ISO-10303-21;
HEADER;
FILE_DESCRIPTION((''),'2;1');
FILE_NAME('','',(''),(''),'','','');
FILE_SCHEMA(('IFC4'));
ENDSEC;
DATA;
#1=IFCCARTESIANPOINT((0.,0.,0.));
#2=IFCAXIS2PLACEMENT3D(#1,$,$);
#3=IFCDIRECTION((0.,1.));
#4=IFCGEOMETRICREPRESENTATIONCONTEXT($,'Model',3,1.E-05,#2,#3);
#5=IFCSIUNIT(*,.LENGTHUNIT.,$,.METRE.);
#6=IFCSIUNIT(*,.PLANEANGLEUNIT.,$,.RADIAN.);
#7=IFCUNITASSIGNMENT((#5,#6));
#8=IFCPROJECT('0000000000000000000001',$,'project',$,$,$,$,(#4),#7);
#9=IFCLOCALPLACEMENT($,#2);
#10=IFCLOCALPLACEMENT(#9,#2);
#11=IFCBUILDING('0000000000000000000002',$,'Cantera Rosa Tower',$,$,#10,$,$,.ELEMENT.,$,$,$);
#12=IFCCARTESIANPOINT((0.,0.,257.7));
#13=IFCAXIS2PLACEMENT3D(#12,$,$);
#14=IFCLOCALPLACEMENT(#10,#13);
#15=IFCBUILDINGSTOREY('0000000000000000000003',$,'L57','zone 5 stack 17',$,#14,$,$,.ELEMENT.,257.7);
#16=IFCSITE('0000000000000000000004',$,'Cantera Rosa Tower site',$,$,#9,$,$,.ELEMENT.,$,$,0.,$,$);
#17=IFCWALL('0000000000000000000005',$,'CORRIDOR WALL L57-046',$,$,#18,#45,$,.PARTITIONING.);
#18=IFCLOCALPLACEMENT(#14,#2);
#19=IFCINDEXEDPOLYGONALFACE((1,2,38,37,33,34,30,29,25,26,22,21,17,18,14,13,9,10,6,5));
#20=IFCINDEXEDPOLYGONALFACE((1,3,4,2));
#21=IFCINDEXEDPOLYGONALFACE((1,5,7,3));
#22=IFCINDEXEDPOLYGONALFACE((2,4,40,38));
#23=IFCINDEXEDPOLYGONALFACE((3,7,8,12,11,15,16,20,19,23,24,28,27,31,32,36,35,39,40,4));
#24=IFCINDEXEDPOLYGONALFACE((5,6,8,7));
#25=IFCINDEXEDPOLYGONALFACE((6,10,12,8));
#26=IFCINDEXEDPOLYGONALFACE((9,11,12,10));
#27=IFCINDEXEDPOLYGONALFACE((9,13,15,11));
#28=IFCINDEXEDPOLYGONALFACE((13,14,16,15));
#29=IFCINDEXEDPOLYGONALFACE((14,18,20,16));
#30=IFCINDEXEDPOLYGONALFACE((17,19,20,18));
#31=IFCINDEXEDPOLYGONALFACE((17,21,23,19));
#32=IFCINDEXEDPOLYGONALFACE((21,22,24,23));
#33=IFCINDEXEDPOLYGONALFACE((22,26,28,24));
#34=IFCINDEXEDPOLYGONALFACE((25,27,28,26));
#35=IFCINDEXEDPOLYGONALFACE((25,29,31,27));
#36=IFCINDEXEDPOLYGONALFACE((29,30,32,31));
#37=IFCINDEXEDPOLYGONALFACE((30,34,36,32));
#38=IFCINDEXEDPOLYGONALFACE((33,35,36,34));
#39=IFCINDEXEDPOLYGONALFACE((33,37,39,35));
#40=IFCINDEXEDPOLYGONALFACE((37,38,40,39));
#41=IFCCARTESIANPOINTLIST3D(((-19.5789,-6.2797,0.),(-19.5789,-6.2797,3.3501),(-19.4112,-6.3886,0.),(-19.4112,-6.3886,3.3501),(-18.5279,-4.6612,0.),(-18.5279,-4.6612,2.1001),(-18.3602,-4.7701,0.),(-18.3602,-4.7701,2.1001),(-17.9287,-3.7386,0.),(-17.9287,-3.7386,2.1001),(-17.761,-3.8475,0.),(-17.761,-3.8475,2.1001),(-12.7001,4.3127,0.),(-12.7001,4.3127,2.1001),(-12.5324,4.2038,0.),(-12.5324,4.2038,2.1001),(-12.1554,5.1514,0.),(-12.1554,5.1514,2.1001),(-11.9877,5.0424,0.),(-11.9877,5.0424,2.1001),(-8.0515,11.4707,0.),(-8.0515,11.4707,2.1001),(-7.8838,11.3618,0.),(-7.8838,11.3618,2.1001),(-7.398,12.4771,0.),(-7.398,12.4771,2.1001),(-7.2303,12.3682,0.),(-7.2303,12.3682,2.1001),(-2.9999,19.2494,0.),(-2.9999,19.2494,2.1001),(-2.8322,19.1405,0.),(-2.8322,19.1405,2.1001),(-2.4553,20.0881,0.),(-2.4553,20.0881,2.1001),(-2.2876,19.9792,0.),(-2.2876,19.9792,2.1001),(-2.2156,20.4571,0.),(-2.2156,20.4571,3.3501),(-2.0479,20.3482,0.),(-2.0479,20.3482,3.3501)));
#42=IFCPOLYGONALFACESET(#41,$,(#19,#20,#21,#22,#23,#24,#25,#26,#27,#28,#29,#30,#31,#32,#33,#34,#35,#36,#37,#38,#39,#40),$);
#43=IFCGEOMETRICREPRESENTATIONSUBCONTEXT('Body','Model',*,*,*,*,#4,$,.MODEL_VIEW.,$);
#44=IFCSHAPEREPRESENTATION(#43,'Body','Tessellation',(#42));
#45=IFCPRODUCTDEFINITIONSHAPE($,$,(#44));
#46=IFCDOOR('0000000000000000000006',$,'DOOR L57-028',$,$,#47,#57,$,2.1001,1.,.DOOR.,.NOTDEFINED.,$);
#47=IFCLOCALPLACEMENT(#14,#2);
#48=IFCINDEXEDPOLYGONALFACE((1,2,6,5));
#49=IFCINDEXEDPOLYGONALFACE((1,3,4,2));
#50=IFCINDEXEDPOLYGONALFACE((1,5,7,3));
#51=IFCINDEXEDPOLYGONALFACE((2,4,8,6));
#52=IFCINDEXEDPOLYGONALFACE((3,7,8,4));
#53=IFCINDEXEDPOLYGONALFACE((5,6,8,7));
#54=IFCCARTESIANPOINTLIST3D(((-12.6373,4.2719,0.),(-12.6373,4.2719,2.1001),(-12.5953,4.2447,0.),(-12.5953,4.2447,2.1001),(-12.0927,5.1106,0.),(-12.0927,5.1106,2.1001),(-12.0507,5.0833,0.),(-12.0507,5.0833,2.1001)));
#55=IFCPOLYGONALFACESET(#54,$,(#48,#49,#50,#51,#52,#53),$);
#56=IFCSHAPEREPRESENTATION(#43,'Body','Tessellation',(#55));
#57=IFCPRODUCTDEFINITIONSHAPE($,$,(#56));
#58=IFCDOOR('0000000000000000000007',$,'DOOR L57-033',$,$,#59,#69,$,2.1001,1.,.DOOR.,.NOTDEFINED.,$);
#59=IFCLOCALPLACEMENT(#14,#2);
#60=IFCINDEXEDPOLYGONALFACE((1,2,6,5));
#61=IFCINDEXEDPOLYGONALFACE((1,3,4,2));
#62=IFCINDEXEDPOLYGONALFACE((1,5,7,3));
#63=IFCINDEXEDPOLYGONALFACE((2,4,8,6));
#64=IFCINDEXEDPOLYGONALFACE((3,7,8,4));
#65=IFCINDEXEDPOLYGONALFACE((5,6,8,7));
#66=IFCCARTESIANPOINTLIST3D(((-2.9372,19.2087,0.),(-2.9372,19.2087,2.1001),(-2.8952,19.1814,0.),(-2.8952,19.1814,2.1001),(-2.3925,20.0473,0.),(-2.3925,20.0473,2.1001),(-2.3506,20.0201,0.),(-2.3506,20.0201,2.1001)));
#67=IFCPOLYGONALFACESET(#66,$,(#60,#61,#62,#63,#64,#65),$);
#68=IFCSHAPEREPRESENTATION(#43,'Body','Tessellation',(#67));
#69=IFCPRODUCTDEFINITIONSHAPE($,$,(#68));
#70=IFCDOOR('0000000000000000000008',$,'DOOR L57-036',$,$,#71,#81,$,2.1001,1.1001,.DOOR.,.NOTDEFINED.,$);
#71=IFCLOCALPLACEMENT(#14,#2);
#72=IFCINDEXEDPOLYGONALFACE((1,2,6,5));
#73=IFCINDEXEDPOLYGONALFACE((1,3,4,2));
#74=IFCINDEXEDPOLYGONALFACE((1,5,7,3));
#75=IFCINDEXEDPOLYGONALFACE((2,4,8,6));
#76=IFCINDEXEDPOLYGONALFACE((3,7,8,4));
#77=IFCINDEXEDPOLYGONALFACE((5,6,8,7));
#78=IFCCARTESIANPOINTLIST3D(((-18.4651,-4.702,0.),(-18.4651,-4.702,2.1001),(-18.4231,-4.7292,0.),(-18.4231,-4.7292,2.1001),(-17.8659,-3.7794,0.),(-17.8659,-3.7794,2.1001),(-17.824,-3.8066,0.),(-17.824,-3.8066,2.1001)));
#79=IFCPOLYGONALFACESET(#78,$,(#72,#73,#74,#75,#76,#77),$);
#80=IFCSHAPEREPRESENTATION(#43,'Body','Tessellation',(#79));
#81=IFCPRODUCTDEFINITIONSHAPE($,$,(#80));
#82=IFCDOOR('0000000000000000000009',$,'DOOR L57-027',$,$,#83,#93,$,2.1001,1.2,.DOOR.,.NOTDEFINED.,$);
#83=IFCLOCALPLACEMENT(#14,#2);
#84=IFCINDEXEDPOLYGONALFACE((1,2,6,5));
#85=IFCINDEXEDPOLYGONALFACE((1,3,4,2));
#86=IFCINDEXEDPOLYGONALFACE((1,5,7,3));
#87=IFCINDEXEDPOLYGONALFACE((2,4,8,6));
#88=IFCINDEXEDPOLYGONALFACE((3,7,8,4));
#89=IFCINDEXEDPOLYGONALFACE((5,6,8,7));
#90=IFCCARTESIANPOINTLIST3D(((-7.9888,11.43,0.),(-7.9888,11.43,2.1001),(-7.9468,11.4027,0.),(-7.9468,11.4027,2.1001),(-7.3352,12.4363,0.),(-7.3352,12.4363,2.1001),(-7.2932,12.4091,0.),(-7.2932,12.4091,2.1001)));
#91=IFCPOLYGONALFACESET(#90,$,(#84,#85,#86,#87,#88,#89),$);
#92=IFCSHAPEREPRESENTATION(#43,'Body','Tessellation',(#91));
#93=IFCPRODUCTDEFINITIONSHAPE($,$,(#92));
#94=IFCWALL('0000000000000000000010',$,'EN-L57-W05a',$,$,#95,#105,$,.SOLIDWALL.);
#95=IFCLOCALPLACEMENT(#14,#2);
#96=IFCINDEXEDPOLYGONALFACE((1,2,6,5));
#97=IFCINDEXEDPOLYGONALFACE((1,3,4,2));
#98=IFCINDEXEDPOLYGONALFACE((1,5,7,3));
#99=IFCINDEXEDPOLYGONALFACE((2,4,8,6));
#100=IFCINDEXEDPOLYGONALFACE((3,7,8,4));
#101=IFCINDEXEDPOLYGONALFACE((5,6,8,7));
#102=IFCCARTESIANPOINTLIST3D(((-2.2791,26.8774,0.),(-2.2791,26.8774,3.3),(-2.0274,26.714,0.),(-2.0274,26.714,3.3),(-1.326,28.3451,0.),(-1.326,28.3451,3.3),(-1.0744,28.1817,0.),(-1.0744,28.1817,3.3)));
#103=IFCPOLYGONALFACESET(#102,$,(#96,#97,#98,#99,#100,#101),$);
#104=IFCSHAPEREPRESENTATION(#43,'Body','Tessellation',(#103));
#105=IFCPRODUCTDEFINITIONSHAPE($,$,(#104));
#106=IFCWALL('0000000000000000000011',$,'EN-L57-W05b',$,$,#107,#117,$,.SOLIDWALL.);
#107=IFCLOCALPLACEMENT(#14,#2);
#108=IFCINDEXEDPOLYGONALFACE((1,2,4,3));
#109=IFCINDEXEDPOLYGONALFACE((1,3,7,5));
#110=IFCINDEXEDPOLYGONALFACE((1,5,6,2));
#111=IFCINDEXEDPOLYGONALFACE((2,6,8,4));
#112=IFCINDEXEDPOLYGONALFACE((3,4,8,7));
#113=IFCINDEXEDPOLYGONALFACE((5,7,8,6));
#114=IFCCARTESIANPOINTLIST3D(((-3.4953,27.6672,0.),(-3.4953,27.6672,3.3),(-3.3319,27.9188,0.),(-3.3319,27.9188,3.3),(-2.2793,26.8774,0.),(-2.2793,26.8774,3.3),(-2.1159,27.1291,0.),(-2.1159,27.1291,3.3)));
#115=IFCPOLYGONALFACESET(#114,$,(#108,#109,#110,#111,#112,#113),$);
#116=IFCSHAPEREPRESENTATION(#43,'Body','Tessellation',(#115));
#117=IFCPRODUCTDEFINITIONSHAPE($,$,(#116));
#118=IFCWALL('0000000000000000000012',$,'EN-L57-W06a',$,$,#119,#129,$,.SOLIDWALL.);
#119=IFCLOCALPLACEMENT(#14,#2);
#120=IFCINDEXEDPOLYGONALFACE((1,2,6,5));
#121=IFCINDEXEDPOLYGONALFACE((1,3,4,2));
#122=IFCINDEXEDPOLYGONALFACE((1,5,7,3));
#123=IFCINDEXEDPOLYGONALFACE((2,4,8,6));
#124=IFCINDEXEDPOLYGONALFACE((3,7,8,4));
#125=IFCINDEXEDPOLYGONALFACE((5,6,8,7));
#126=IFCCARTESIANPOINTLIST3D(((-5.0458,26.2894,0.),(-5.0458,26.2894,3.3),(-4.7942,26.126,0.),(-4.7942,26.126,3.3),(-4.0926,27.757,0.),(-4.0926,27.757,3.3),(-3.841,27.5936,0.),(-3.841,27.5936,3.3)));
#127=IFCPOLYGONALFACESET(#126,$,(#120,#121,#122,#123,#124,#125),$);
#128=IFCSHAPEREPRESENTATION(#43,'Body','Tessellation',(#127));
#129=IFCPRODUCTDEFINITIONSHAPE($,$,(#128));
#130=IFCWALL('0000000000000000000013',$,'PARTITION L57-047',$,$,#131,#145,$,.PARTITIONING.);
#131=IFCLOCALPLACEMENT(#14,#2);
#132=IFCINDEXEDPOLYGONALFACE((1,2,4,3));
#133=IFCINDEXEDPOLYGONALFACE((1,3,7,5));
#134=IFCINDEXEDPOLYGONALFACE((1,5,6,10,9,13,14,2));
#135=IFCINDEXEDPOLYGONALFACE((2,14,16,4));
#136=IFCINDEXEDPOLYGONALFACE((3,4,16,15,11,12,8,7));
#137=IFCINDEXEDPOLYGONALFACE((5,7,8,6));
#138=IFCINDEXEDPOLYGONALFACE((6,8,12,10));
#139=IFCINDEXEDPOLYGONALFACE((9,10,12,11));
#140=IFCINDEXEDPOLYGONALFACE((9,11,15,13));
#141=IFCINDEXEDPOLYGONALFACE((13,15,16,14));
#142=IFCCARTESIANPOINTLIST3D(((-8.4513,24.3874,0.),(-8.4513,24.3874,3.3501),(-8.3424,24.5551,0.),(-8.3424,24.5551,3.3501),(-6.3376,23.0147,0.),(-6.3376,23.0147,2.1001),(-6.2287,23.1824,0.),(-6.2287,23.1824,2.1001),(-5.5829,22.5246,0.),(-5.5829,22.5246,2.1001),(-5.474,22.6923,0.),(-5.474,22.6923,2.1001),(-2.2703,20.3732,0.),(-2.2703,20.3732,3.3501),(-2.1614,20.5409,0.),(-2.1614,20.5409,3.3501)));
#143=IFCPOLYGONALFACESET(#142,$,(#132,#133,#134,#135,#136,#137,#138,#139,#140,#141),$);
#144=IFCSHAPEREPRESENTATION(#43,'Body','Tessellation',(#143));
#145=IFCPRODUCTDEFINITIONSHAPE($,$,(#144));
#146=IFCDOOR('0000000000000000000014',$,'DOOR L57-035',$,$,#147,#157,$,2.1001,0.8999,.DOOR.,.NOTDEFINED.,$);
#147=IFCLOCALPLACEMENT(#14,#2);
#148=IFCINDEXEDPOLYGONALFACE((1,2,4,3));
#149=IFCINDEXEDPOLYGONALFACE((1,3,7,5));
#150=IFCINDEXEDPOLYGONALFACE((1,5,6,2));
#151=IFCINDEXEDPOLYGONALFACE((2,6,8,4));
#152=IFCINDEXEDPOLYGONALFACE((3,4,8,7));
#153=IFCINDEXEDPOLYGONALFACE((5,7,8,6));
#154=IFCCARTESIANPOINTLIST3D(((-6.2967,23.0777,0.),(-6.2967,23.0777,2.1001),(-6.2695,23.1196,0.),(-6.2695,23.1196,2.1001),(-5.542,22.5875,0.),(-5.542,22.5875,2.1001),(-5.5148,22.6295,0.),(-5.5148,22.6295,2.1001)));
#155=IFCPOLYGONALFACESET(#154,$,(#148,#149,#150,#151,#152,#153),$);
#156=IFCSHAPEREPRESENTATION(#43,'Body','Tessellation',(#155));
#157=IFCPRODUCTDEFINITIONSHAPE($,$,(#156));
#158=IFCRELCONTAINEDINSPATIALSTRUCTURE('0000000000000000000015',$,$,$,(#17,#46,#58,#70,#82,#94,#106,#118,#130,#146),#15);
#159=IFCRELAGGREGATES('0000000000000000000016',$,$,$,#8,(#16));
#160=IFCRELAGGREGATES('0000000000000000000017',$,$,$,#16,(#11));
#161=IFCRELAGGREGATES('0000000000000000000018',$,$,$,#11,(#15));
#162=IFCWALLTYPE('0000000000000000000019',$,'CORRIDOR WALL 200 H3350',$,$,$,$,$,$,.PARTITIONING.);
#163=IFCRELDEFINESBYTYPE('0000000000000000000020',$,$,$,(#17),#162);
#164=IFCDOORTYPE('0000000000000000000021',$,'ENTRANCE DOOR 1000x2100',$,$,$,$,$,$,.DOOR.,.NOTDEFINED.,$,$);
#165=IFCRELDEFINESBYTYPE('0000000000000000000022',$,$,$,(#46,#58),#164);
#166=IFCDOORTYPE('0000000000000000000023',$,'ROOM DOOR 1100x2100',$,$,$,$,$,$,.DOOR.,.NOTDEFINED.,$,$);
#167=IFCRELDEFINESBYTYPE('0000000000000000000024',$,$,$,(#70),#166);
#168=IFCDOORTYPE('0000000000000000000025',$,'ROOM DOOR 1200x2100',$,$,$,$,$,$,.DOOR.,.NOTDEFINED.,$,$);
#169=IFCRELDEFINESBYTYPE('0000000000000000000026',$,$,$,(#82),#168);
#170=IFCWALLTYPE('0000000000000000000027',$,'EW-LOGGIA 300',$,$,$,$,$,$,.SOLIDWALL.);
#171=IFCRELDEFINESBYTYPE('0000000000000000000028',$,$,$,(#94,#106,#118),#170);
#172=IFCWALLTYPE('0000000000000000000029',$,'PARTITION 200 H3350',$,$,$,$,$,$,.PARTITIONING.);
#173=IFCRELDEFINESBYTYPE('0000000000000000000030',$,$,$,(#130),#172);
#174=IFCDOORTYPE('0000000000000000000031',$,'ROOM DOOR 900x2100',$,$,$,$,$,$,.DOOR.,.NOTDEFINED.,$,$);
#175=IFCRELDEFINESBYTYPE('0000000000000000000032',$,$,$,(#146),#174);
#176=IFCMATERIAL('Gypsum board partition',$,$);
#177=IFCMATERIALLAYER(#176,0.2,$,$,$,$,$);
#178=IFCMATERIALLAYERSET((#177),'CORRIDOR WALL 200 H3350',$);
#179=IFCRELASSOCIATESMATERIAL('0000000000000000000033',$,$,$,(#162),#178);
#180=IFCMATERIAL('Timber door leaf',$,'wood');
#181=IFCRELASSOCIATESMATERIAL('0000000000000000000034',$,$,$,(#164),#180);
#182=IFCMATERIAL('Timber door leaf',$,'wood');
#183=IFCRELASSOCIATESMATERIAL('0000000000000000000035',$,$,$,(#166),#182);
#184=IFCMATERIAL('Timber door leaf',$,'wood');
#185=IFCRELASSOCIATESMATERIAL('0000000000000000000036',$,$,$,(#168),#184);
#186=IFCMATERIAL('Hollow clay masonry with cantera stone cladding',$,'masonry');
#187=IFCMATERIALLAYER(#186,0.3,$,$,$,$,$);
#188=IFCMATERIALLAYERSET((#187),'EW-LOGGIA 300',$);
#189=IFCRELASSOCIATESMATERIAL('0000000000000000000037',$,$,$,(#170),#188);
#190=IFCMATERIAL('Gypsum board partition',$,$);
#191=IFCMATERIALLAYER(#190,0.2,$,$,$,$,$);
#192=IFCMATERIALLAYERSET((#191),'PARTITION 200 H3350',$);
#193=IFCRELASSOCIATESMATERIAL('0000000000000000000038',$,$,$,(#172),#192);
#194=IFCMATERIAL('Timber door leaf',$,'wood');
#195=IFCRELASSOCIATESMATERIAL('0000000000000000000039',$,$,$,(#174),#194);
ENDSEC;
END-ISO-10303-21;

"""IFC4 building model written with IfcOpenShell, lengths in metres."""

from ifc_helpers import new_model, si_unit, direction, frame, frame_2d, origin, place, context, subcontext, project, spatial, rectangle, extrude, material, layer, layer_set, type_object, element, fill, save


model = new_model("IFC4")

# Units and contexts
model_context = context("Model", 3, precision=1e-05, world=origin(), true_north=direction((0.0, 1.0)))
body_context = subcontext(model_context, "Body", "Model", "MODEL_VIEW")
ifc_project = project(units=[si_unit("LENGTHUNIT", "METRE"), si_unit("PLANEANGLEUNIT", "RADIAN")], contexts=[model_context])

# Site, building, storey
site_placement = place(None, origin())
site = spatial("IfcSite", under=ifc_project, at=site_placement, Name="Cantera Rosa Tower site", CompositionType="ELEMENT", RefElevation=0.0)
building_placement = place(site_placement, origin())
building = spatial("IfcBuilding", under=site, at=building_placement, Name="Cantera Rosa Tower", CompositionType="ELEMENT")
storey_placement = place(building_placement, frame((0.0, 0.0, 257.7)))
storey = spatial("IfcBuildingStorey", under=building, at=storey_placement, Name="L57", Description="zone 5 stack 17", CompositionType="ELEMENT", Elevation=257.7)

# Wall, openings, doors
ifc_material_1 = material(Name="Gypsum board partition")
ifc_layer_1 = layer(ifc_material_1, 0.2)
ifc_layer_set_1 = layer_set([ifc_layer_1], Name="CORRIDOR WALL 200 H3350")
wall_type_1 = type_object("IfcWallType", Name="CORRIDOR WALL 200 H3350", PredefinedType="PARTITIONING", material=ifc_layer_set_1)
wall_1_placement = place(storey_placement, frame((-2.1318, 20.4026, 0.0), z_axis=(0.0, 0.0, 1.0), x_axis=(-0.544643, -0.838668, 0.0)))
wall_1 = element("IfcWall", 1, at=wall_1_placement, inside=storey, type_object=wall_type_1, Name="CORRIDOR WALL L57-046", PredefinedType="PARTITIONING", context=body_context, shape_type="SweptSolid", body=[
    extrude(rectangle(XDim=31.8801, YDim=0.2, at=frame_2d((15.9399, 0.0))), origin(), (0.0, 0.0, 1.0), 3.3501),
])
opening_1_placement = place(wall_1_placement, frame((9.5149, 0.0, 0.0)))
opening_1 = element("IfcOpeningElement", 2, at=opening_1_placement, cuts=wall_1, PredefinedType="OPENING", context=body_context, shape_type="SweptSolid", body=[
    extrude(rectangle(XDim=1.2, YDim=2.1001, at=frame_2d((0.6001, 1.05))), frame((0.0, 0.1099, 0.0), z_axis=(0.0, -1.0, 0.0), x_axis=(1.0, 0.0, 0.0)), (0.0, 0.0, 1.0), 0.22),
])
opening_2_placement = place(wall_1_placement, frame((18.25, 0.0, 0.0)))
opening_2 = element("IfcOpeningElement", 3, at=opening_2_placement, cuts=wall_1, PredefinedType="OPENING", context=body_context, shape_type="SweptSolid", body=[
    extrude(rectangle(XDim=1.0, YDim=2.1001, at=frame_2d((0.5, 1.05))), frame((0.0, 0.1099, 0.0), z_axis=(0.0, -1.0, 0.0), x_axis=(1.0, 0.0, 0.0)), (0.0, 0.0, 1.0), 0.22),
])
opening_3_placement = place(wall_1_placement, frame((0.4399, 0.0, 0.0)))
opening_3 = element("IfcOpeningElement", 4, at=opening_3_placement, cuts=wall_1, PredefinedType="OPENING", context=body_context, shape_type="SweptSolid", body=[
    extrude(rectangle(XDim=1.0, YDim=2.1001, at=frame_2d((0.5, 1.05))), frame((0.0, 0.1099, 0.0), z_axis=(0.0, -1.0, 0.0), x_axis=(1.0, 0.0, 0.0)), (0.0, 0.0, 1.0), 0.22),
])
opening_4_placement = place(wall_1_placement, frame((28.8501, 0.0, 0.0)))
opening_4 = element("IfcOpeningElement", 5, at=opening_4_placement, cuts=wall_1, PredefinedType="OPENING", context=body_context, shape_type="SweptSolid", body=[
    extrude(rectangle(XDim=1.1001, YDim=2.1001, at=frame_2d((0.55, 1.05))), frame((0.0, 0.1099, 0.0), z_axis=(0.0, -1.0, 0.0), x_axis=(1.0, 0.0, 0.0)), (0.0, 0.0, 1.0), 0.22),
])
ifc_material_2 = material(Name="Timber door leaf", Category="wood")
door_type_1 = type_object("IfcDoorType", Name="ENTRANCE DOOR 1000x2100", OperationType="NOTDEFINED", PredefinedType="DOOR", material=ifc_material_2)
door_1_placement = place(opening_2_placement, origin())
door_1 = element("IfcDoor", 6, at=door_1_placement, inside=storey, type_object=door_type_1, Name="DOOR L57-028", OperationType="NOTDEFINED", OverallHeight=2.1001, OverallWidth=1.0, PredefinedType="DOOR", context=body_context, shape_type="SweptSolid", body=[
    extrude(rectangle(XDim=1.0, YDim=2.1001, at=frame_2d((0.5, 1.05))), frame((0.0, 0.0249, 0.0), z_axis=(0.0, -1.0, 0.0), x_axis=(1.0, 0.0, 0.0)), (0.0, 0.0, 1.0), 0.05),
])
fill(opening_2, door_1)
door_2_placement = place(opening_3_placement, origin())
door_2 = element("IfcDoor", 7, at=door_2_placement, inside=storey, type_object=door_type_1, Name="DOOR L57-033", OperationType="NOTDEFINED", OverallHeight=2.1001, OverallWidth=1.0, PredefinedType="DOOR", context=body_context, shape_type="SweptSolid", body=[
    extrude(rectangle(XDim=1.0, YDim=2.1001, at=frame_2d((0.5, 1.05))), frame((0.0, 0.0249, 0.0), z_axis=(0.0, -1.0, 0.0), x_axis=(1.0, 0.0, 0.0)), (0.0, 0.0, 1.0), 0.05),
])
fill(opening_3, door_2)
ifc_material_3 = material(Name="Timber door leaf", Category="wood")
door_type_2 = type_object("IfcDoorType", Name="ROOM DOOR 1100x2100", OperationType="NOTDEFINED", PredefinedType="DOOR", material=ifc_material_3)
door_3_placement = place(opening_4_placement, origin())
door_3 = element("IfcDoor", 8, at=door_3_placement, inside=storey, type_object=door_type_2, Name="DOOR L57-036", OperationType="NOTDEFINED", OverallHeight=2.1001, OverallWidth=1.1001, PredefinedType="DOOR", context=body_context, shape_type="SweptSolid", body=[
    extrude(rectangle(XDim=1.1001, YDim=2.1001, at=frame_2d((0.55, 1.05))), frame((0.0, 0.0249, 0.0), z_axis=(0.0, -1.0, 0.0), x_axis=(1.0, 0.0, 0.0)), (0.0, 0.0, 1.0), 0.05),
])
fill(opening_4, door_3)
ifc_material_4 = material(Name="Timber door leaf", Category="wood")
door_type_3 = type_object("IfcDoorType", Name="ROOM DOOR 1200x2100", OperationType="NOTDEFINED", PredefinedType="DOOR", material=ifc_material_4)
door_4_placement = place(opening_1_placement, origin())
door_4 = element("IfcDoor", 9, at=door_4_placement, inside=storey, type_object=door_type_3, Name="DOOR L57-027", OperationType="NOTDEFINED", OverallHeight=2.1001, OverallWidth=1.2, PredefinedType="DOOR", context=body_context, shape_type="SweptSolid", body=[
    extrude(rectangle(XDim=1.2, YDim=2.1001, at=frame_2d((0.6001, 1.05))), frame((0.0, 0.0249, 0.0), z_axis=(0.0, -1.0, 0.0), x_axis=(1.0, 0.0, 0.0)), (0.0, 0.0, 1.0), 0.05),
])
fill(opening_1, door_4)

# Walls
ifc_material_5 = material(Name="Hollow clay masonry with cantera stone cladding", Category="masonry")
ifc_layer_2 = layer(ifc_material_5, 0.3)
ifc_layer_set_2 = layer_set([ifc_layer_2], Name="EW-LOGGIA 300")
wall_type_2 = type_object("IfcWallType", Name="EW-LOGGIA 300", PredefinedType="SOLIDWALL", material=ifc_layer_set_2)
wall_2_placement = place(storey_placement, frame((-1.2002, 28.2634, 0.0), z_axis=(0.0, 0.0, 1.0), x_axis=(-0.544616, -0.838686, 0.0)))
element("IfcWall", 10, at=wall_2_placement, inside=storey, type_object=wall_type_2, Name="EN-L57-W05a", PredefinedType="SOLIDWALL", context=body_context, shape_type="SweptSolid", body=[
    extrude(rectangle(XDim=1.75, YDim=0.3, at=frame_2d((0.875, 0.0))), origin(), (0.0, 0.0, 1.0), 3.3),
])
wall_3_placement = place(storey_placement, frame((-2.1975, 27.0032, 0.0), z_axis=(0.0, 0.0, 1.0), x_axis=(-0.838647, 0.544675, 0.0)))
element("IfcWall", 11, at=wall_3_placement, inside=storey, type_object=wall_type_2, Name="EN-L57-W05b", PredefinedType="SOLIDWALL", context=body_context, shape_type="SweptSolid", body=[
    extrude(rectangle(XDim=1.45, YDim=0.3, at=frame_2d((0.7251, 0.0))), origin(), (0.0, 0.0, 1.0), 3.3),
])
wall_4_placement = place(storey_placement, frame((-3.9668, 27.6753, 0.0), z_axis=(0.0, 0.0, 1.0), x_axis=(-0.544679, -0.838644, 0.0)))
element("IfcWall", 12, at=wall_4_placement, inside=storey, type_object=wall_type_2, Name="EN-L57-W06a", PredefinedType="SOLIDWALL", context=body_context, shape_type="SweptSolid", body=[
    extrude(rectangle(XDim=1.75, YDim=0.3, at=frame_2d((0.875, 0.0))), origin(), (0.0, 0.0, 1.0), 3.3),
])

# Wall, opening, door
ifc_material_6 = material(Name="Gypsum board partition")
ifc_layer_3 = layer(ifc_material_6, 0.2)
ifc_layer_set_3 = layer_set([ifc_layer_3], Name="PARTITION 200 H3350")
wall_type_3 = type_object("IfcWallType", Name="PARTITION 200 H3350", PredefinedType="PARTITIONING", material=ifc_layer_set_3)
wall_5_placement = place(storey_placement, frame((-2.2158, 20.457, 0.0), z_axis=(0.0, 0.0, 1.0), x_axis=(-0.838656, 0.544661, 0.0)))
wall_5 = element("IfcWall", 13, at=wall_5_placement, inside=storey, type_object=wall_type_3, Name="PARTITION L57-047", PredefinedType="PARTITIONING", context=body_context, shape_type="SweptSolid", body=[
    extrude(rectangle(XDim=7.3701, YDim=0.2, at=frame_2d((3.6851, 0.0))), origin(), (0.0, 0.0, 1.0), 3.3501),
])
opening_5_placement = place(wall_5_placement, frame((3.95, 0.0, 0.0)))
opening_5 = element("IfcOpeningElement", 14, at=opening_5_placement, cuts=wall_5, PredefinedType="OPENING", context=body_context, shape_type="SweptSolid", body=[
    extrude(rectangle(XDim=0.8999, YDim=2.1001, at=frame_2d((0.45, 1.05))), frame((0.0, 0.1099, 0.0), z_axis=(0.0, -1.0, 0.0), x_axis=(1.0, 0.0, 0.0)), (0.0, 0.0, 1.0), 0.22),
])
ifc_material_7 = material(Name="Timber door leaf", Category="wood")
door_type_4 = type_object("IfcDoorType", Name="ROOM DOOR 900x2100", OperationType="NOTDEFINED", PredefinedType="DOOR", material=ifc_material_7)
door_5_placement = place(opening_5_placement, origin())
door_5 = element("IfcDoor", 15, at=door_5_placement, inside=storey, type_object=door_type_4, Name="DOOR L57-035", OperationType="NOTDEFINED", OverallHeight=2.1001, OverallWidth=0.8999, PredefinedType="DOOR", context=body_context, shape_type="SweptSolid", body=[
    extrude(rectangle(XDim=0.8999, YDim=2.1001, at=frame_2d((0.45, 1.05))), frame((0.0, 0.0249, 0.0), z_axis=(0.0, -1.0, 0.0), x_axis=(1.0, 0.0, 0.0)), (0.0, 0.0, 1.0), 0.05),
])
fill(opening_5, door_5)

save(model, "model.ifc")
